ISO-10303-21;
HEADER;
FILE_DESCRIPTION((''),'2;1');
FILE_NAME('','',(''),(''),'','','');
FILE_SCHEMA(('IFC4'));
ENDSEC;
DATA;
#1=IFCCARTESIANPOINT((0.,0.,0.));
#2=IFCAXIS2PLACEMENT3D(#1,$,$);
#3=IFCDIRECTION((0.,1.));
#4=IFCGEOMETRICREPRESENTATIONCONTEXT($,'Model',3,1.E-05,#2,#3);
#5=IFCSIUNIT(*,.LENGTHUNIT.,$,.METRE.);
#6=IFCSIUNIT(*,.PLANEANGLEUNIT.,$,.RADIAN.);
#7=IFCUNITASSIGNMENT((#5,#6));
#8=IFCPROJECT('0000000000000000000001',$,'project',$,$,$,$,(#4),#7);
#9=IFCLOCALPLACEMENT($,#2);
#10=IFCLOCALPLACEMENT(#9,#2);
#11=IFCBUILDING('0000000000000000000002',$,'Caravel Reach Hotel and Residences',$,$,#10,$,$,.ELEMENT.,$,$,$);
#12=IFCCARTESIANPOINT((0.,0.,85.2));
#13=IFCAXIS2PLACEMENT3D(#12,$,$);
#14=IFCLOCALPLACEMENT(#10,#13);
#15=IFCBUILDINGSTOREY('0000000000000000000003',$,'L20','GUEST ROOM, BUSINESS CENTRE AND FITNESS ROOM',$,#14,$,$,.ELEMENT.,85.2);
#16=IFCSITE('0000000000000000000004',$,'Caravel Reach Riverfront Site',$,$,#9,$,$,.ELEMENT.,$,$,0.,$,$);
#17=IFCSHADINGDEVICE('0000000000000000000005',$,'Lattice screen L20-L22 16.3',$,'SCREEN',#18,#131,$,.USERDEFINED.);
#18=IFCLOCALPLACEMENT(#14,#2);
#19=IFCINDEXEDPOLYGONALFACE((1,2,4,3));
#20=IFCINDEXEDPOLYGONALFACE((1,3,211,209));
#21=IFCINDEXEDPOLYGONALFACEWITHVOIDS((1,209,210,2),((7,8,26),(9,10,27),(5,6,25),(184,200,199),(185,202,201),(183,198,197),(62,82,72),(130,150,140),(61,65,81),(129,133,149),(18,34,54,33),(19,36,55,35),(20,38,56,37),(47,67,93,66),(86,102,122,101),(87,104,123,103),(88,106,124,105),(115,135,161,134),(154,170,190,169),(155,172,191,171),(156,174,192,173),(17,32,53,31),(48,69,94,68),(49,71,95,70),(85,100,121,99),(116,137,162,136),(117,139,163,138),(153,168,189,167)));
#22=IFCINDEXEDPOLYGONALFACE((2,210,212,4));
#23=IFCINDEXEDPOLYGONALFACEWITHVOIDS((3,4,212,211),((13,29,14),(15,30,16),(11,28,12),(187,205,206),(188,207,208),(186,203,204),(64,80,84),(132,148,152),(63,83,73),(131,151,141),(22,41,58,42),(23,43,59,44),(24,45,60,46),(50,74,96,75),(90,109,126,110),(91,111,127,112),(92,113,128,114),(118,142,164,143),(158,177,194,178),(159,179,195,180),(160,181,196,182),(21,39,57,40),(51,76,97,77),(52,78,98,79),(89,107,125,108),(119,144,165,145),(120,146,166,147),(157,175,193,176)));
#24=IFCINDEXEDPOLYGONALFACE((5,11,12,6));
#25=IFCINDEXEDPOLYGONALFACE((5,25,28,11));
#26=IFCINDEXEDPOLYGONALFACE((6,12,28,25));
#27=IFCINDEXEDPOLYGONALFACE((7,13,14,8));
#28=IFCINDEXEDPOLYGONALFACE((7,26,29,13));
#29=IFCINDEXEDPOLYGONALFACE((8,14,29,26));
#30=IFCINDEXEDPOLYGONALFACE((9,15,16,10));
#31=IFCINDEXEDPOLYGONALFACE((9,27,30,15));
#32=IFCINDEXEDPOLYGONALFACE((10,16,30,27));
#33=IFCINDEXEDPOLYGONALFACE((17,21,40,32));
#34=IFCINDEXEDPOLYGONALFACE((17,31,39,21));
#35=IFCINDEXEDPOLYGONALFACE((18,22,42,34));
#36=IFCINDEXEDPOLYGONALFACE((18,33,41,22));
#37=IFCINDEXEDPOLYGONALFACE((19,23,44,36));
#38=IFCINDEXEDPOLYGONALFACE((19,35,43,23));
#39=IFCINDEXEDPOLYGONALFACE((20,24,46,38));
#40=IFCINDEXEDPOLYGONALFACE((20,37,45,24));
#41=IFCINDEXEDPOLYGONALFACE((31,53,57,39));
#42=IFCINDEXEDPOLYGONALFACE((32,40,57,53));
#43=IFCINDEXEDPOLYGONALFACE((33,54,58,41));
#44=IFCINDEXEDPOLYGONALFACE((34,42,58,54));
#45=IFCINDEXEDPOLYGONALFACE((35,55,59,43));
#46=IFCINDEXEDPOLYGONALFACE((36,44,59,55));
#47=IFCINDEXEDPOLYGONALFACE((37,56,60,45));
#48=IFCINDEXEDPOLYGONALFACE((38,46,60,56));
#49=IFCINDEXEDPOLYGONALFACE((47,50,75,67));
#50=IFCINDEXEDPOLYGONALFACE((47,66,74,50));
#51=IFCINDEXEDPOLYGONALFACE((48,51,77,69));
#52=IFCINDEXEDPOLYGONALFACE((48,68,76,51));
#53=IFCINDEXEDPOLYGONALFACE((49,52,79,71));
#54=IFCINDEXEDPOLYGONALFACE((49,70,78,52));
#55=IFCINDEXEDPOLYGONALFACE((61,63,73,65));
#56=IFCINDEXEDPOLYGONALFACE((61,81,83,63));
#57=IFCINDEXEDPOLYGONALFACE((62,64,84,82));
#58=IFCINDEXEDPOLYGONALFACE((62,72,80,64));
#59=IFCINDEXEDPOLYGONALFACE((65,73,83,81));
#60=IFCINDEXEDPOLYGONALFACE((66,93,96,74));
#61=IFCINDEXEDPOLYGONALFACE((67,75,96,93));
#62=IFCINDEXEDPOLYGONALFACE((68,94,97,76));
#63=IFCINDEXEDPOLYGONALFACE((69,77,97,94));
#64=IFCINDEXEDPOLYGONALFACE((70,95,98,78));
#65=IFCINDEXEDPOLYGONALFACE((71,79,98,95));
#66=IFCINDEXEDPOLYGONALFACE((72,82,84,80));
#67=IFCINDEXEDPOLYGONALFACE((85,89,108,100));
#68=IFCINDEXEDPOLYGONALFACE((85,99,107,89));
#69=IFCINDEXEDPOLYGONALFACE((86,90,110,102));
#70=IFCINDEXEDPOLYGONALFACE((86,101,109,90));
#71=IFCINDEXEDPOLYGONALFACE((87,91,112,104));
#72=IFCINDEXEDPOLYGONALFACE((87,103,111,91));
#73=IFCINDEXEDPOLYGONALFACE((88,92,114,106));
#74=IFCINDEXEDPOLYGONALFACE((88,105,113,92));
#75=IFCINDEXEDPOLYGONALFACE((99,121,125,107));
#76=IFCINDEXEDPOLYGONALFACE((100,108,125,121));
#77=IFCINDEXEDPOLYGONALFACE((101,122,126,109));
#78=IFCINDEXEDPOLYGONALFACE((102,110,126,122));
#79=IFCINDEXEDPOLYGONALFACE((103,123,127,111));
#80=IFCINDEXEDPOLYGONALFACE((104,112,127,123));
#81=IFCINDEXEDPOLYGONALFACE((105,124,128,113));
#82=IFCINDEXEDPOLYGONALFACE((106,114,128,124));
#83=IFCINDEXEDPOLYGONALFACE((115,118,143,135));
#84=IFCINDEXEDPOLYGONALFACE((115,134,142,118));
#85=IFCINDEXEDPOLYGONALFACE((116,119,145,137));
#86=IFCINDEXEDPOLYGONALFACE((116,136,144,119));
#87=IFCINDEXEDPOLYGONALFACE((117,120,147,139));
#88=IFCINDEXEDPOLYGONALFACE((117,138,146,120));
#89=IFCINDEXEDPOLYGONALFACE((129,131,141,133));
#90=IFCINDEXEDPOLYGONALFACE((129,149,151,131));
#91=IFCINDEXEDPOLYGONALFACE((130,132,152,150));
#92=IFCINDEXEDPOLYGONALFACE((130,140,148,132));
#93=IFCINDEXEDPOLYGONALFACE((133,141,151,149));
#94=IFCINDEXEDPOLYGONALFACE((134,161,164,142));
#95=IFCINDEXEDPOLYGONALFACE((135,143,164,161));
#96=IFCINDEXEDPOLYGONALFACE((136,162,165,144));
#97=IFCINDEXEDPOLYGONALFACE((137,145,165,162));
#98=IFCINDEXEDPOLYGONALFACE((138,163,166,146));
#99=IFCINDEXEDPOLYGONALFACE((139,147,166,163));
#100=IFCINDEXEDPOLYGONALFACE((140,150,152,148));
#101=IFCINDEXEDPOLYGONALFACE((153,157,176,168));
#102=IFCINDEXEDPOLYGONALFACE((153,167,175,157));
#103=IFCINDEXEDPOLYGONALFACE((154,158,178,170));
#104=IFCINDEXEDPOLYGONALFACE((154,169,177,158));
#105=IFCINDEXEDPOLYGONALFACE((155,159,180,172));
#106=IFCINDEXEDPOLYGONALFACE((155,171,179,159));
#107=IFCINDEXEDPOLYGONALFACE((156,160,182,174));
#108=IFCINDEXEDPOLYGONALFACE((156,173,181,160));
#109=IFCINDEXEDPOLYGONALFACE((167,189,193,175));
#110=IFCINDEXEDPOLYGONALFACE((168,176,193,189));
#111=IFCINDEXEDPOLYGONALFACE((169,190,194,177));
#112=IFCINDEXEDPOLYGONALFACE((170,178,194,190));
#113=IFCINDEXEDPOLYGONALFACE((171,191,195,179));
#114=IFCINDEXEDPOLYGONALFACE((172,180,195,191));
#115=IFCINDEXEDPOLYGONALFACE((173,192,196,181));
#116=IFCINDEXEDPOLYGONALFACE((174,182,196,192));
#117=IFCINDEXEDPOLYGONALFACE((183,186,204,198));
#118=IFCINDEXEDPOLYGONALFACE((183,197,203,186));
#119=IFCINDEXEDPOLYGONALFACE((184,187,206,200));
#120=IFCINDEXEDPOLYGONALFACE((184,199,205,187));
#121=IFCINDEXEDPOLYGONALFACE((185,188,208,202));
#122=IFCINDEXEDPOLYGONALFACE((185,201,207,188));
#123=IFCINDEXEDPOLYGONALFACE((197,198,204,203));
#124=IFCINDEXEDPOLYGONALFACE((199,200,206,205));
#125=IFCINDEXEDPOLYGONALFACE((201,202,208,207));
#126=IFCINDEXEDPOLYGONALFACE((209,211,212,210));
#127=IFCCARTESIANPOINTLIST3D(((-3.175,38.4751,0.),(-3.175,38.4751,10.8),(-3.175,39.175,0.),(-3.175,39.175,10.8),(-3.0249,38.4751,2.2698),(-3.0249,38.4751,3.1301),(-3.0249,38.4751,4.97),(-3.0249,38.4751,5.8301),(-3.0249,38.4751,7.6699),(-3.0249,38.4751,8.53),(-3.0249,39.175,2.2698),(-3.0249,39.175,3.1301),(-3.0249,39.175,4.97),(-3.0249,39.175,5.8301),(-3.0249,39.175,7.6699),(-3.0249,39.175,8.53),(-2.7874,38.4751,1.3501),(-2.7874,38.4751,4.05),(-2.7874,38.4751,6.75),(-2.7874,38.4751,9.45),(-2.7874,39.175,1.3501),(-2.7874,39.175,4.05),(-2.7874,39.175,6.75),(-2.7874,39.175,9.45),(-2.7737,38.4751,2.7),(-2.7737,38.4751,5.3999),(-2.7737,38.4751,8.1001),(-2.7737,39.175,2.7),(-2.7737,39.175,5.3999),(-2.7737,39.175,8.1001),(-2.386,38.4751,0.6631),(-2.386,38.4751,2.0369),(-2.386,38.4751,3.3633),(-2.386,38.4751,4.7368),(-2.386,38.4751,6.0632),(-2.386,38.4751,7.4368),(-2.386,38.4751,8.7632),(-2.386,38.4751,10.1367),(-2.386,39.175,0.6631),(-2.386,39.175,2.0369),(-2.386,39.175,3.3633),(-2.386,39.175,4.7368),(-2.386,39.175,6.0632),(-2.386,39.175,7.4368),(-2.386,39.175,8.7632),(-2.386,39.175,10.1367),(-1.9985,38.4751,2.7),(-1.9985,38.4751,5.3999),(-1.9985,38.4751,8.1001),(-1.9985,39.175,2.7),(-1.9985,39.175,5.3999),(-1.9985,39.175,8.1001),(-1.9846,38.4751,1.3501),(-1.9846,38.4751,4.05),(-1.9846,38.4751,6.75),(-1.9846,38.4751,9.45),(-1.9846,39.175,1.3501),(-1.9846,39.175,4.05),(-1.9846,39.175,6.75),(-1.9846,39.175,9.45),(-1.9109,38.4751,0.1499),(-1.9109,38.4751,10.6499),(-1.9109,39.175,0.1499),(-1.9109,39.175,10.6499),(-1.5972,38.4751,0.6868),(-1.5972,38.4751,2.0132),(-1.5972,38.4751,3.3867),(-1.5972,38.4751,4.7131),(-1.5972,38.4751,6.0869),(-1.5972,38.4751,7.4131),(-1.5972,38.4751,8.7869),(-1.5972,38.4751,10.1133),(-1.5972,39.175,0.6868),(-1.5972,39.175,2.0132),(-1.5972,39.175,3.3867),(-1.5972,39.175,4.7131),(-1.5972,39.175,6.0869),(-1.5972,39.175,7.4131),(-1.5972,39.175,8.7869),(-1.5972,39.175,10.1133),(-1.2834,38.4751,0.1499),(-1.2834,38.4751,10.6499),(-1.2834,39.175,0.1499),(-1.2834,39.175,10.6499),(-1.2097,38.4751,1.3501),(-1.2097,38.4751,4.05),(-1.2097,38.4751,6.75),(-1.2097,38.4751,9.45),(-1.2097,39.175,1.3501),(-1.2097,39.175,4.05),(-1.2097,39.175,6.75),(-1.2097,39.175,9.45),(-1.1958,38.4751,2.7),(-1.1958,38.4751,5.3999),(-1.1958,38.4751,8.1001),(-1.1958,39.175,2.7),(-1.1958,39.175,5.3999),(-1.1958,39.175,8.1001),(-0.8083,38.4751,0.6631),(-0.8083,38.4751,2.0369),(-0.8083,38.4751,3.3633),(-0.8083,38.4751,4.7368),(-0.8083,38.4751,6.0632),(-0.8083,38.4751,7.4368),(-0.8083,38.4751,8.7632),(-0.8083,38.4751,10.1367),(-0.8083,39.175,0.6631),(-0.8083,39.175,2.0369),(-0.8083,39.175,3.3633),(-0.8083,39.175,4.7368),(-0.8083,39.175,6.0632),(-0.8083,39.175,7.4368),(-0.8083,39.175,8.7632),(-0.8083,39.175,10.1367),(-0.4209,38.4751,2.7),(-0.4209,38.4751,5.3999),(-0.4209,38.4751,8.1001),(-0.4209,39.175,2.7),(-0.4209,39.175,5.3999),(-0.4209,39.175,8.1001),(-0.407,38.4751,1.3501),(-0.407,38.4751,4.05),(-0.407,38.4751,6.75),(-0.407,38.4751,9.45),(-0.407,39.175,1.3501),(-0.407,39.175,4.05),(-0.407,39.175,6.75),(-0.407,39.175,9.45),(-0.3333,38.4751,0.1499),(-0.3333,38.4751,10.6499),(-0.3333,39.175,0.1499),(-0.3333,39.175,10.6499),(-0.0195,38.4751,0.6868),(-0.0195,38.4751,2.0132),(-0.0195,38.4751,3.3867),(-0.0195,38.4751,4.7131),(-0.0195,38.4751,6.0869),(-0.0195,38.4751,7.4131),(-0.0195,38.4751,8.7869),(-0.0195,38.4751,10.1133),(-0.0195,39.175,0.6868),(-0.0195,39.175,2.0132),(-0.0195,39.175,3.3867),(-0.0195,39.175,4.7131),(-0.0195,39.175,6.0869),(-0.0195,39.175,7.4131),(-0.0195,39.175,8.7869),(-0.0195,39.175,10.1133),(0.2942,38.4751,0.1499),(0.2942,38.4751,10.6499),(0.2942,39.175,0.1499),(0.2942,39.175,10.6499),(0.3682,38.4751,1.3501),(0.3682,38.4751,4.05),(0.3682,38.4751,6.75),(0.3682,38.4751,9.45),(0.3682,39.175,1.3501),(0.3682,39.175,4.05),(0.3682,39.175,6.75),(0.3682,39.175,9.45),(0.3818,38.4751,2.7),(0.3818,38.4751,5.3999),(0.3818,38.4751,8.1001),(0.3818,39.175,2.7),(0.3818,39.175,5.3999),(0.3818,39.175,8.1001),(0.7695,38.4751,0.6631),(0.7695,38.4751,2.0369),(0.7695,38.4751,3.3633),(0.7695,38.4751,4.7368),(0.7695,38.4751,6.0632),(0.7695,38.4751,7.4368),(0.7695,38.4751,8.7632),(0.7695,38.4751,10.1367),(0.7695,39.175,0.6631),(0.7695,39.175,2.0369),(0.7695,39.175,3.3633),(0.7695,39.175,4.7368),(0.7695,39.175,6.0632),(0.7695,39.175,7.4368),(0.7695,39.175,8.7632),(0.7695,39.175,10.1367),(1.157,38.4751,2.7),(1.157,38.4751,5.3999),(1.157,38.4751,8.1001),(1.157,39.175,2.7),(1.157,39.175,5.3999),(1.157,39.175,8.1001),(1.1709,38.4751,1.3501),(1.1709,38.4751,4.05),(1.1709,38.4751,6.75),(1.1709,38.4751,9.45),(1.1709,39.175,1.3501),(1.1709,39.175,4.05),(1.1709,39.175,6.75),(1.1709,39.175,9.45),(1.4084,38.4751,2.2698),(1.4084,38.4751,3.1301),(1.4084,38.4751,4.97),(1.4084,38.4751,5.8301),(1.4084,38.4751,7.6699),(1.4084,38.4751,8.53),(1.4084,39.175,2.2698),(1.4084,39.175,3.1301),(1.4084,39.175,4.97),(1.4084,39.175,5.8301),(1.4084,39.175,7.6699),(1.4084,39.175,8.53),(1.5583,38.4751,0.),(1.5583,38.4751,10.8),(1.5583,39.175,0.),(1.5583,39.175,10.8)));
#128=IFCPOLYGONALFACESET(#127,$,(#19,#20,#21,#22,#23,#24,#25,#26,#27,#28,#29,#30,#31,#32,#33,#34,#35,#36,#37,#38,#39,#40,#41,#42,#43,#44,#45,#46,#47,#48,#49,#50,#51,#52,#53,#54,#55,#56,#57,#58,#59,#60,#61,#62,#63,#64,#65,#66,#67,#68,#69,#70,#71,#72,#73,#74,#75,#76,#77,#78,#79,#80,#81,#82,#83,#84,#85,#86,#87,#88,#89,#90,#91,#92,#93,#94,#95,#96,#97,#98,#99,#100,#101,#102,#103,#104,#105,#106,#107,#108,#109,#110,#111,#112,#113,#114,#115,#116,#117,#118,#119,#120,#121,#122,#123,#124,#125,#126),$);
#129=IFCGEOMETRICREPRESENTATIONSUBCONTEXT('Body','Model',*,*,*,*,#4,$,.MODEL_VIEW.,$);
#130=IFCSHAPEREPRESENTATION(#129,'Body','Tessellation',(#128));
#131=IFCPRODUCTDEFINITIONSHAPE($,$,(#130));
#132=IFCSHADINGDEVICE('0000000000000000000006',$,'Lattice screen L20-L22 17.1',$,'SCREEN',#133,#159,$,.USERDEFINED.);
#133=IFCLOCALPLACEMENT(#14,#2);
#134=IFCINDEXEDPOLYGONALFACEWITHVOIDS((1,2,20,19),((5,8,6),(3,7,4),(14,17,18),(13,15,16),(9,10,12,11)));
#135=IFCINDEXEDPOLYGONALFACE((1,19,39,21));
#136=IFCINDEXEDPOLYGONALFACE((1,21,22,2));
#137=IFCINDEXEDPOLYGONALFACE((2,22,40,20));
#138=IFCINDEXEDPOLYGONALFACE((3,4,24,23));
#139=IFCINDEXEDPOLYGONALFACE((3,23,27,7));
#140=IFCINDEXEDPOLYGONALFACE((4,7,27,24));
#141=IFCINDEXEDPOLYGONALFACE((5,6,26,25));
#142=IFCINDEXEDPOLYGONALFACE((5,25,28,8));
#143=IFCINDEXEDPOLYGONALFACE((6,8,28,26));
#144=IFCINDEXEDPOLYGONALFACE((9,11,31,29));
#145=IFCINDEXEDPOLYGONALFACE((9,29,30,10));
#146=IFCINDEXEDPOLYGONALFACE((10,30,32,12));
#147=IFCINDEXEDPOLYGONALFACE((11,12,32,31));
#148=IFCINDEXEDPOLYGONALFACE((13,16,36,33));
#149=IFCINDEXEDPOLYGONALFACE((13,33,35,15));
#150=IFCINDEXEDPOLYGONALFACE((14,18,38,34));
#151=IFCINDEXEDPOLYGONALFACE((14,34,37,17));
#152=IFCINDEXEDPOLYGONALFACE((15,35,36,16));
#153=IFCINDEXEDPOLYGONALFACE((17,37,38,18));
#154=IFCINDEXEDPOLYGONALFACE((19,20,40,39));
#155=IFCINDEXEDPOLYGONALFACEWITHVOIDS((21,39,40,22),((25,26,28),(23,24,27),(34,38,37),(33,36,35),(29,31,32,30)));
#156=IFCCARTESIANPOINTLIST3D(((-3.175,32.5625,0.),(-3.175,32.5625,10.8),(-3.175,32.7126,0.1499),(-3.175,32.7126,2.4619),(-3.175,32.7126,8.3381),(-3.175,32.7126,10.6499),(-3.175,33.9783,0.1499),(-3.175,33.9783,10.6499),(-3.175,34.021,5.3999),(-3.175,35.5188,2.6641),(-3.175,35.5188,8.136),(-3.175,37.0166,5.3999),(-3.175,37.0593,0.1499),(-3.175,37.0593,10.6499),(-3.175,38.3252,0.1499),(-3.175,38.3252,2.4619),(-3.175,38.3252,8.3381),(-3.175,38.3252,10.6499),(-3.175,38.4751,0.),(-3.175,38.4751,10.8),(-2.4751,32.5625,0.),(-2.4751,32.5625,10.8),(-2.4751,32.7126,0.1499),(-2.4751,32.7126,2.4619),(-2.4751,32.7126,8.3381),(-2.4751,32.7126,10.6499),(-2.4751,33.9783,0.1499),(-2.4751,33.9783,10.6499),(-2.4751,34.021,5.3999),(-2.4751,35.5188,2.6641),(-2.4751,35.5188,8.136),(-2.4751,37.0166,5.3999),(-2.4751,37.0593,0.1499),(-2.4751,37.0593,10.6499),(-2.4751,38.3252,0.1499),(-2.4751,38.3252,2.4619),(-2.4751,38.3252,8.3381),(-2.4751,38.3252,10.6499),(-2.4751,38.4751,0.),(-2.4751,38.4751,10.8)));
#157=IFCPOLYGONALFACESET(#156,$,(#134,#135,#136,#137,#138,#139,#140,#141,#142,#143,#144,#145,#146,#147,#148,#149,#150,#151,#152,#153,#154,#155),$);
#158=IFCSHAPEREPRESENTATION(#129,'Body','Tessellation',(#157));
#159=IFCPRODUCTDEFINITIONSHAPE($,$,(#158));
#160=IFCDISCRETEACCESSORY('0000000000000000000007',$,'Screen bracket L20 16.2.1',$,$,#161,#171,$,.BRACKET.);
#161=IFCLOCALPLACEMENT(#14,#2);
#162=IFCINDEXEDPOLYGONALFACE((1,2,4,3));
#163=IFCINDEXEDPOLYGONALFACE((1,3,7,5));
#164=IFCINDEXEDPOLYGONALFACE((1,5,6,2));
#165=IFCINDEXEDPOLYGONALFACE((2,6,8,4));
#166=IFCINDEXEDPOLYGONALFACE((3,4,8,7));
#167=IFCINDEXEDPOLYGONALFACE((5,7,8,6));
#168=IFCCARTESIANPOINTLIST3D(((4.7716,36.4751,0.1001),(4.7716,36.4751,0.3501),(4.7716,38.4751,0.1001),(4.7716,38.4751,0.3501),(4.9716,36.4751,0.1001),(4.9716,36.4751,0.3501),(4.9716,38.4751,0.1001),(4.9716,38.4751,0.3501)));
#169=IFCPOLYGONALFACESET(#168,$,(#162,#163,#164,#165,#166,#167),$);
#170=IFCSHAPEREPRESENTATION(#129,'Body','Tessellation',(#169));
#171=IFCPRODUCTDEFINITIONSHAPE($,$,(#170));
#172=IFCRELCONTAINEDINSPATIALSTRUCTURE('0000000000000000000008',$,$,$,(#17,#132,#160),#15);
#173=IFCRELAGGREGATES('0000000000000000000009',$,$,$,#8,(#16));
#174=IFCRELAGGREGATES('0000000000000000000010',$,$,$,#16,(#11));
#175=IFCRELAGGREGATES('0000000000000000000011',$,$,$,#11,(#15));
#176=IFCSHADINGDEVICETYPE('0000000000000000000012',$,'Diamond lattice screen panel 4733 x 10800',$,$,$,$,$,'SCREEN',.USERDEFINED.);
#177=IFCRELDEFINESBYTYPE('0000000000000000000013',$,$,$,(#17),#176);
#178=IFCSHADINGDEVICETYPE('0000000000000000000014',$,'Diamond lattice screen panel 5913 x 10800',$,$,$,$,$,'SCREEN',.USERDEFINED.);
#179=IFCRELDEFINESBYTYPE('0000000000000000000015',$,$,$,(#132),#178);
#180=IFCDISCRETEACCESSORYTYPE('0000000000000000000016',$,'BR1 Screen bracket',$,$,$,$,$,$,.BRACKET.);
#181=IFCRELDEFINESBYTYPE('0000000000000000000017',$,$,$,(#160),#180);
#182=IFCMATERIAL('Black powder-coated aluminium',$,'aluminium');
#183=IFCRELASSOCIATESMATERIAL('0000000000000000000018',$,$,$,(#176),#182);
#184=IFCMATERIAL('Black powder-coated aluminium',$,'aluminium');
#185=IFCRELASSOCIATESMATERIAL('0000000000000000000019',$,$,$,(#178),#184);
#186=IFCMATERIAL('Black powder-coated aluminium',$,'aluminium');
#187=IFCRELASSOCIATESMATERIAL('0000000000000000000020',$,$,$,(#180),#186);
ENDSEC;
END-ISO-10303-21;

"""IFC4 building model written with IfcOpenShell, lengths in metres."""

from ifc_helpers import new_model, si_unit, direction, frame, origin, origin_2d, place, context, subcontext, project, spatial, polyline, rectangle, outline, extrude, material, type_object, element, save


model = new_model("IFC4")

# Units and contexts
model_context = context("Model", 3, precision=1e-05, world=origin(), true_north=direction((0.0, 1.0)))
body_context = subcontext(model_context, "Body", "Model", "MODEL_VIEW")
ifc_project = project(units=[si_unit("LENGTHUNIT", "METRE"), si_unit("PLANEANGLEUNIT", "RADIAN")], contexts=[model_context])

# Site, building, storey
site_placement = place(None, origin())
site = spatial("IfcSite", under=ifc_project, at=site_placement, Name="Caravel Reach Riverfront Site", CompositionType="ELEMENT", RefElevation=0.0)
building_placement = place(site_placement, origin())
building = spatial("IfcBuilding", under=site, at=building_placement, Name="Caravel Reach Hotel and Residences", CompositionType="ELEMENT")
storey_placement = place(building_placement, frame((0.0, 0.0, 85.2)))
storey = spatial("IfcBuildingStorey", under=building, at=storey_placement, Name="L20", Description="GUEST ROOM, BUSINESS CENTRE AND FITNESS ROOM", CompositionType="ELEMENT", Elevation=85.2)

# Shading devices
ifc_material_1 = material(Name="Black powder-coated aluminium", Category="aluminium")
shading_device_type_1 = type_object("IfcShadingDeviceType", Name="Diamond lattice screen panel 4733 x 10800", ElementType="SCREEN", PredefinedType="USERDEFINED", material=ifc_material_1)
shading_device_1_placement = place(storey_placement, frame((1.5583, 38.4751, 0.0), z_axis=(0.0, 1.0, 0.0), x_axis=(-1.0, 0.0, 0.0)))
element("IfcShadingDevice", 1, at=shading_device_1_placement, inside=storey, type_object=shading_device_type_1, Name="Lattice screen L20-L22 16.3", ObjectType="SCREEN", PredefinedType="USERDEFINED", context=body_context, shape_type="SweptSolid", body=[
    extrude(outline(polyline([(0.0, 0.0), (4.7334, 0.0), (4.7334, 10.8), (0.0, 10.8), (0.0, 0.0)]), holes=[polyline([(0.4014, 2.7), (0.1499, 3.1301), (0.1499, 2.2698), (0.4014, 2.7)]), polyline([(0.4014, 5.3999), (0.1499, 5.8301), (0.1499, 4.97), (0.4014, 5.3999)]), polyline([(0.4014, 8.1001), (0.1499, 8.53), (0.1499, 7.6699), (0.4014, 8.1001)]), polyline([(0.7888, 2.0369), (0.3875, 1.3501), (0.7888, 0.6631), (1.1902, 1.3501), (0.7888, 2.0369)]), polyline([(0.7888, 4.7368), (0.3875, 4.05), (0.7888, 3.3633), (1.1902, 4.05), (0.7888, 4.7368)]), polyline([(0.7888, 7.4368), (0.3875, 6.75), (0.7888, 6.0632), (1.1902, 6.75), (0.7888, 7.4368)]), polyline([(0.7888, 10.1367), (0.3875, 9.45), (0.7888, 8.7632), (1.1902, 9.45), (0.7888, 10.1367)]), polyline([(1.5779, 0.6868), (1.2642, 0.1499), (1.8916, 0.1499), (1.5779, 0.6868)]), polyline([(1.5779, 3.3867), (1.1765, 2.7), (1.5779, 2.0132), (1.9792, 2.7), (1.5779, 3.3867)]), polyline([(1.5779, 6.0869), (1.1765, 5.3999), (1.5779, 4.7131), (1.9792, 5.3999), (1.5779, 6.0869)]), polyline([(1.5779, 8.7869), (1.1765, 8.1001), (1.5779, 7.4131), (1.9792, 8.1001), (1.5779, 8.7869)]), polyline([(1.5779, 10.1133), (1.8916, 10.6499), (1.2642, 10.6499), (1.5779, 10.1133)]), polyline([(2.3667, 2.0369), (1.9653, 1.3501), (2.3667, 0.6631), (2.7681, 1.3501), (2.3667, 2.0369)]), polyline([(2.3667, 4.7368), (1.9653, 4.05), (2.3667, 3.3633), (2.7681, 4.05), (2.3667, 4.7368)]), polyline([(2.3667, 7.4368), (1.9653, 6.75), (2.3667, 6.0632), (2.7681, 6.75), (2.3667, 7.4368)]), polyline([(2.3667, 10.1367), (1.9653, 9.45), (2.3667, 8.7632), (2.7681, 9.45), (2.3667, 10.1367)]), polyline([(3.1555, 0.6868), (2.8418, 0.1499), (3.4692, 0.1499), (3.1555, 0.6868)]), polyline([(3.1555, 3.3867), (2.7542, 2.7), (3.1555, 2.0132), (3.5569, 2.7), (3.1555, 3.3867)]), polyline([(3.1555, 6.0869), (2.7542, 5.3999), (3.1555, 4.7131), (3.5569, 5.3999), (3.1555, 6.0869)]), polyline([(3.1555, 8.7869), (2.7542, 8.1001), (3.1555, 7.4131), (3.5569, 8.1001), (3.1555, 8.7869)]), polyline([(3.1555, 10.1133), (3.4692, 10.6499), (2.8418, 10.6499), (3.1555, 10.1133)]), polyline([(3.9443, 2.0369), (3.543, 1.3501), (3.9443, 0.6631), (4.3457, 1.3501), (3.9443, 2.0369)]), polyline([(3.9443, 4.7368), (3.543, 4.05), (3.9443, 3.3633), (4.3457, 4.05), (3.9443, 4.7368)]), polyline([(3.9443, 7.4368), (3.543, 6.75), (3.9443, 6.0632), (4.3457, 6.75), (3.9443, 7.4368)]), polyline([(3.9443, 10.1367), (3.543, 9.45), (3.9443, 8.7632), (4.3457, 9.45), (3.9443, 10.1367)]), polyline([(4.332, 2.7), (4.5833, 2.2698), (4.5833, 3.1301), (4.332, 2.7)]), polyline([(4.332, 5.3999), (4.5833, 4.97), (4.5833, 5.8301), (4.332, 5.3999)]), polyline([(4.332, 8.1001), (4.5833, 7.6699), (4.5833, 8.53), (4.332, 8.1001)])]), origin(), (0.0, 0.0, 1.0), 0.7),
])
ifc_material_2 = material(Name="Black powder-coated aluminium", Category="aluminium")
shading_device_type_2 = type_object("IfcShadingDeviceType", Name="Diamond lattice screen panel 5913 x 10800", ElementType="SCREEN", PredefinedType="USERDEFINED", material=ifc_material_2)
shading_device_2_placement = place(storey_placement, frame((-2.4751, 38.4751, 0.0), z_axis=(-1.0, 0.0, 0.0), x_axis=(0.0, -1.0, 0.0)))
element("IfcShadingDevice", 2, at=shading_device_2_placement, inside=storey, type_object=shading_device_type_2, Name="Lattice screen L20-L22 17.1", ObjectType="SCREEN", PredefinedType="USERDEFINED", context=body_context, shape_type="SweptSolid", body=[
    extrude(outline(polyline([(0.0, 0.0), (5.9126, 0.0), (5.9126, 10.8), (0.0, 10.8), (0.0, 0.0)]), holes=[polyline([(1.4158, 0.1499), (0.1499, 2.4619), (0.1499, 0.1499), (1.4158, 0.1499)]), polyline([(0.1499, 8.3381), (1.4158, 10.6499), (0.1499, 10.6499), (0.1499, 8.3381)]), polyline([(2.9563, 8.136), (1.4585, 5.3999), (2.9563, 2.6641), (4.4541, 5.3999), (2.9563, 8.136)]), polyline([(5.7625, 2.4619), (4.4968, 0.1499), (5.7625, 0.1499), (5.7625, 2.4619)]), polyline([(4.4968, 10.6499), (5.7625, 8.3381), (5.7625, 10.6499), (4.4968, 10.6499)])]), origin(), (0.0, 0.0, 1.0), 0.7),
])

# Discrete accessory
ifc_material_3 = material(Name="Black powder-coated aluminium", Category="aluminium")
discrete_accessory_type = type_object("IfcDiscreteAccessoryType", Name="BR1 Screen bracket", PredefinedType="BRACKET", material=ifc_material_3)
discrete_accessory_placement = place(storey_placement, frame((4.8716, 37.4751, 0.1001), z_axis=(0.0, 0.0, 1.0), x_axis=(0.0, 1.0, 0.0)))
element("IfcDiscreteAccessory", 3, at=discrete_accessory_placement, inside=storey, type_object=discrete_accessory_type, Name="Screen bracket L20 16.2.1", PredefinedType="BRACKET", context=body_context, shape_type="SweptSolid", body=[
    extrude(rectangle(XDim=2.0, YDim=0.2, at=origin_2d()), origin(), (0.0, 0.0, 1.0), 0.25),
])

save(model, "model.ifc")
